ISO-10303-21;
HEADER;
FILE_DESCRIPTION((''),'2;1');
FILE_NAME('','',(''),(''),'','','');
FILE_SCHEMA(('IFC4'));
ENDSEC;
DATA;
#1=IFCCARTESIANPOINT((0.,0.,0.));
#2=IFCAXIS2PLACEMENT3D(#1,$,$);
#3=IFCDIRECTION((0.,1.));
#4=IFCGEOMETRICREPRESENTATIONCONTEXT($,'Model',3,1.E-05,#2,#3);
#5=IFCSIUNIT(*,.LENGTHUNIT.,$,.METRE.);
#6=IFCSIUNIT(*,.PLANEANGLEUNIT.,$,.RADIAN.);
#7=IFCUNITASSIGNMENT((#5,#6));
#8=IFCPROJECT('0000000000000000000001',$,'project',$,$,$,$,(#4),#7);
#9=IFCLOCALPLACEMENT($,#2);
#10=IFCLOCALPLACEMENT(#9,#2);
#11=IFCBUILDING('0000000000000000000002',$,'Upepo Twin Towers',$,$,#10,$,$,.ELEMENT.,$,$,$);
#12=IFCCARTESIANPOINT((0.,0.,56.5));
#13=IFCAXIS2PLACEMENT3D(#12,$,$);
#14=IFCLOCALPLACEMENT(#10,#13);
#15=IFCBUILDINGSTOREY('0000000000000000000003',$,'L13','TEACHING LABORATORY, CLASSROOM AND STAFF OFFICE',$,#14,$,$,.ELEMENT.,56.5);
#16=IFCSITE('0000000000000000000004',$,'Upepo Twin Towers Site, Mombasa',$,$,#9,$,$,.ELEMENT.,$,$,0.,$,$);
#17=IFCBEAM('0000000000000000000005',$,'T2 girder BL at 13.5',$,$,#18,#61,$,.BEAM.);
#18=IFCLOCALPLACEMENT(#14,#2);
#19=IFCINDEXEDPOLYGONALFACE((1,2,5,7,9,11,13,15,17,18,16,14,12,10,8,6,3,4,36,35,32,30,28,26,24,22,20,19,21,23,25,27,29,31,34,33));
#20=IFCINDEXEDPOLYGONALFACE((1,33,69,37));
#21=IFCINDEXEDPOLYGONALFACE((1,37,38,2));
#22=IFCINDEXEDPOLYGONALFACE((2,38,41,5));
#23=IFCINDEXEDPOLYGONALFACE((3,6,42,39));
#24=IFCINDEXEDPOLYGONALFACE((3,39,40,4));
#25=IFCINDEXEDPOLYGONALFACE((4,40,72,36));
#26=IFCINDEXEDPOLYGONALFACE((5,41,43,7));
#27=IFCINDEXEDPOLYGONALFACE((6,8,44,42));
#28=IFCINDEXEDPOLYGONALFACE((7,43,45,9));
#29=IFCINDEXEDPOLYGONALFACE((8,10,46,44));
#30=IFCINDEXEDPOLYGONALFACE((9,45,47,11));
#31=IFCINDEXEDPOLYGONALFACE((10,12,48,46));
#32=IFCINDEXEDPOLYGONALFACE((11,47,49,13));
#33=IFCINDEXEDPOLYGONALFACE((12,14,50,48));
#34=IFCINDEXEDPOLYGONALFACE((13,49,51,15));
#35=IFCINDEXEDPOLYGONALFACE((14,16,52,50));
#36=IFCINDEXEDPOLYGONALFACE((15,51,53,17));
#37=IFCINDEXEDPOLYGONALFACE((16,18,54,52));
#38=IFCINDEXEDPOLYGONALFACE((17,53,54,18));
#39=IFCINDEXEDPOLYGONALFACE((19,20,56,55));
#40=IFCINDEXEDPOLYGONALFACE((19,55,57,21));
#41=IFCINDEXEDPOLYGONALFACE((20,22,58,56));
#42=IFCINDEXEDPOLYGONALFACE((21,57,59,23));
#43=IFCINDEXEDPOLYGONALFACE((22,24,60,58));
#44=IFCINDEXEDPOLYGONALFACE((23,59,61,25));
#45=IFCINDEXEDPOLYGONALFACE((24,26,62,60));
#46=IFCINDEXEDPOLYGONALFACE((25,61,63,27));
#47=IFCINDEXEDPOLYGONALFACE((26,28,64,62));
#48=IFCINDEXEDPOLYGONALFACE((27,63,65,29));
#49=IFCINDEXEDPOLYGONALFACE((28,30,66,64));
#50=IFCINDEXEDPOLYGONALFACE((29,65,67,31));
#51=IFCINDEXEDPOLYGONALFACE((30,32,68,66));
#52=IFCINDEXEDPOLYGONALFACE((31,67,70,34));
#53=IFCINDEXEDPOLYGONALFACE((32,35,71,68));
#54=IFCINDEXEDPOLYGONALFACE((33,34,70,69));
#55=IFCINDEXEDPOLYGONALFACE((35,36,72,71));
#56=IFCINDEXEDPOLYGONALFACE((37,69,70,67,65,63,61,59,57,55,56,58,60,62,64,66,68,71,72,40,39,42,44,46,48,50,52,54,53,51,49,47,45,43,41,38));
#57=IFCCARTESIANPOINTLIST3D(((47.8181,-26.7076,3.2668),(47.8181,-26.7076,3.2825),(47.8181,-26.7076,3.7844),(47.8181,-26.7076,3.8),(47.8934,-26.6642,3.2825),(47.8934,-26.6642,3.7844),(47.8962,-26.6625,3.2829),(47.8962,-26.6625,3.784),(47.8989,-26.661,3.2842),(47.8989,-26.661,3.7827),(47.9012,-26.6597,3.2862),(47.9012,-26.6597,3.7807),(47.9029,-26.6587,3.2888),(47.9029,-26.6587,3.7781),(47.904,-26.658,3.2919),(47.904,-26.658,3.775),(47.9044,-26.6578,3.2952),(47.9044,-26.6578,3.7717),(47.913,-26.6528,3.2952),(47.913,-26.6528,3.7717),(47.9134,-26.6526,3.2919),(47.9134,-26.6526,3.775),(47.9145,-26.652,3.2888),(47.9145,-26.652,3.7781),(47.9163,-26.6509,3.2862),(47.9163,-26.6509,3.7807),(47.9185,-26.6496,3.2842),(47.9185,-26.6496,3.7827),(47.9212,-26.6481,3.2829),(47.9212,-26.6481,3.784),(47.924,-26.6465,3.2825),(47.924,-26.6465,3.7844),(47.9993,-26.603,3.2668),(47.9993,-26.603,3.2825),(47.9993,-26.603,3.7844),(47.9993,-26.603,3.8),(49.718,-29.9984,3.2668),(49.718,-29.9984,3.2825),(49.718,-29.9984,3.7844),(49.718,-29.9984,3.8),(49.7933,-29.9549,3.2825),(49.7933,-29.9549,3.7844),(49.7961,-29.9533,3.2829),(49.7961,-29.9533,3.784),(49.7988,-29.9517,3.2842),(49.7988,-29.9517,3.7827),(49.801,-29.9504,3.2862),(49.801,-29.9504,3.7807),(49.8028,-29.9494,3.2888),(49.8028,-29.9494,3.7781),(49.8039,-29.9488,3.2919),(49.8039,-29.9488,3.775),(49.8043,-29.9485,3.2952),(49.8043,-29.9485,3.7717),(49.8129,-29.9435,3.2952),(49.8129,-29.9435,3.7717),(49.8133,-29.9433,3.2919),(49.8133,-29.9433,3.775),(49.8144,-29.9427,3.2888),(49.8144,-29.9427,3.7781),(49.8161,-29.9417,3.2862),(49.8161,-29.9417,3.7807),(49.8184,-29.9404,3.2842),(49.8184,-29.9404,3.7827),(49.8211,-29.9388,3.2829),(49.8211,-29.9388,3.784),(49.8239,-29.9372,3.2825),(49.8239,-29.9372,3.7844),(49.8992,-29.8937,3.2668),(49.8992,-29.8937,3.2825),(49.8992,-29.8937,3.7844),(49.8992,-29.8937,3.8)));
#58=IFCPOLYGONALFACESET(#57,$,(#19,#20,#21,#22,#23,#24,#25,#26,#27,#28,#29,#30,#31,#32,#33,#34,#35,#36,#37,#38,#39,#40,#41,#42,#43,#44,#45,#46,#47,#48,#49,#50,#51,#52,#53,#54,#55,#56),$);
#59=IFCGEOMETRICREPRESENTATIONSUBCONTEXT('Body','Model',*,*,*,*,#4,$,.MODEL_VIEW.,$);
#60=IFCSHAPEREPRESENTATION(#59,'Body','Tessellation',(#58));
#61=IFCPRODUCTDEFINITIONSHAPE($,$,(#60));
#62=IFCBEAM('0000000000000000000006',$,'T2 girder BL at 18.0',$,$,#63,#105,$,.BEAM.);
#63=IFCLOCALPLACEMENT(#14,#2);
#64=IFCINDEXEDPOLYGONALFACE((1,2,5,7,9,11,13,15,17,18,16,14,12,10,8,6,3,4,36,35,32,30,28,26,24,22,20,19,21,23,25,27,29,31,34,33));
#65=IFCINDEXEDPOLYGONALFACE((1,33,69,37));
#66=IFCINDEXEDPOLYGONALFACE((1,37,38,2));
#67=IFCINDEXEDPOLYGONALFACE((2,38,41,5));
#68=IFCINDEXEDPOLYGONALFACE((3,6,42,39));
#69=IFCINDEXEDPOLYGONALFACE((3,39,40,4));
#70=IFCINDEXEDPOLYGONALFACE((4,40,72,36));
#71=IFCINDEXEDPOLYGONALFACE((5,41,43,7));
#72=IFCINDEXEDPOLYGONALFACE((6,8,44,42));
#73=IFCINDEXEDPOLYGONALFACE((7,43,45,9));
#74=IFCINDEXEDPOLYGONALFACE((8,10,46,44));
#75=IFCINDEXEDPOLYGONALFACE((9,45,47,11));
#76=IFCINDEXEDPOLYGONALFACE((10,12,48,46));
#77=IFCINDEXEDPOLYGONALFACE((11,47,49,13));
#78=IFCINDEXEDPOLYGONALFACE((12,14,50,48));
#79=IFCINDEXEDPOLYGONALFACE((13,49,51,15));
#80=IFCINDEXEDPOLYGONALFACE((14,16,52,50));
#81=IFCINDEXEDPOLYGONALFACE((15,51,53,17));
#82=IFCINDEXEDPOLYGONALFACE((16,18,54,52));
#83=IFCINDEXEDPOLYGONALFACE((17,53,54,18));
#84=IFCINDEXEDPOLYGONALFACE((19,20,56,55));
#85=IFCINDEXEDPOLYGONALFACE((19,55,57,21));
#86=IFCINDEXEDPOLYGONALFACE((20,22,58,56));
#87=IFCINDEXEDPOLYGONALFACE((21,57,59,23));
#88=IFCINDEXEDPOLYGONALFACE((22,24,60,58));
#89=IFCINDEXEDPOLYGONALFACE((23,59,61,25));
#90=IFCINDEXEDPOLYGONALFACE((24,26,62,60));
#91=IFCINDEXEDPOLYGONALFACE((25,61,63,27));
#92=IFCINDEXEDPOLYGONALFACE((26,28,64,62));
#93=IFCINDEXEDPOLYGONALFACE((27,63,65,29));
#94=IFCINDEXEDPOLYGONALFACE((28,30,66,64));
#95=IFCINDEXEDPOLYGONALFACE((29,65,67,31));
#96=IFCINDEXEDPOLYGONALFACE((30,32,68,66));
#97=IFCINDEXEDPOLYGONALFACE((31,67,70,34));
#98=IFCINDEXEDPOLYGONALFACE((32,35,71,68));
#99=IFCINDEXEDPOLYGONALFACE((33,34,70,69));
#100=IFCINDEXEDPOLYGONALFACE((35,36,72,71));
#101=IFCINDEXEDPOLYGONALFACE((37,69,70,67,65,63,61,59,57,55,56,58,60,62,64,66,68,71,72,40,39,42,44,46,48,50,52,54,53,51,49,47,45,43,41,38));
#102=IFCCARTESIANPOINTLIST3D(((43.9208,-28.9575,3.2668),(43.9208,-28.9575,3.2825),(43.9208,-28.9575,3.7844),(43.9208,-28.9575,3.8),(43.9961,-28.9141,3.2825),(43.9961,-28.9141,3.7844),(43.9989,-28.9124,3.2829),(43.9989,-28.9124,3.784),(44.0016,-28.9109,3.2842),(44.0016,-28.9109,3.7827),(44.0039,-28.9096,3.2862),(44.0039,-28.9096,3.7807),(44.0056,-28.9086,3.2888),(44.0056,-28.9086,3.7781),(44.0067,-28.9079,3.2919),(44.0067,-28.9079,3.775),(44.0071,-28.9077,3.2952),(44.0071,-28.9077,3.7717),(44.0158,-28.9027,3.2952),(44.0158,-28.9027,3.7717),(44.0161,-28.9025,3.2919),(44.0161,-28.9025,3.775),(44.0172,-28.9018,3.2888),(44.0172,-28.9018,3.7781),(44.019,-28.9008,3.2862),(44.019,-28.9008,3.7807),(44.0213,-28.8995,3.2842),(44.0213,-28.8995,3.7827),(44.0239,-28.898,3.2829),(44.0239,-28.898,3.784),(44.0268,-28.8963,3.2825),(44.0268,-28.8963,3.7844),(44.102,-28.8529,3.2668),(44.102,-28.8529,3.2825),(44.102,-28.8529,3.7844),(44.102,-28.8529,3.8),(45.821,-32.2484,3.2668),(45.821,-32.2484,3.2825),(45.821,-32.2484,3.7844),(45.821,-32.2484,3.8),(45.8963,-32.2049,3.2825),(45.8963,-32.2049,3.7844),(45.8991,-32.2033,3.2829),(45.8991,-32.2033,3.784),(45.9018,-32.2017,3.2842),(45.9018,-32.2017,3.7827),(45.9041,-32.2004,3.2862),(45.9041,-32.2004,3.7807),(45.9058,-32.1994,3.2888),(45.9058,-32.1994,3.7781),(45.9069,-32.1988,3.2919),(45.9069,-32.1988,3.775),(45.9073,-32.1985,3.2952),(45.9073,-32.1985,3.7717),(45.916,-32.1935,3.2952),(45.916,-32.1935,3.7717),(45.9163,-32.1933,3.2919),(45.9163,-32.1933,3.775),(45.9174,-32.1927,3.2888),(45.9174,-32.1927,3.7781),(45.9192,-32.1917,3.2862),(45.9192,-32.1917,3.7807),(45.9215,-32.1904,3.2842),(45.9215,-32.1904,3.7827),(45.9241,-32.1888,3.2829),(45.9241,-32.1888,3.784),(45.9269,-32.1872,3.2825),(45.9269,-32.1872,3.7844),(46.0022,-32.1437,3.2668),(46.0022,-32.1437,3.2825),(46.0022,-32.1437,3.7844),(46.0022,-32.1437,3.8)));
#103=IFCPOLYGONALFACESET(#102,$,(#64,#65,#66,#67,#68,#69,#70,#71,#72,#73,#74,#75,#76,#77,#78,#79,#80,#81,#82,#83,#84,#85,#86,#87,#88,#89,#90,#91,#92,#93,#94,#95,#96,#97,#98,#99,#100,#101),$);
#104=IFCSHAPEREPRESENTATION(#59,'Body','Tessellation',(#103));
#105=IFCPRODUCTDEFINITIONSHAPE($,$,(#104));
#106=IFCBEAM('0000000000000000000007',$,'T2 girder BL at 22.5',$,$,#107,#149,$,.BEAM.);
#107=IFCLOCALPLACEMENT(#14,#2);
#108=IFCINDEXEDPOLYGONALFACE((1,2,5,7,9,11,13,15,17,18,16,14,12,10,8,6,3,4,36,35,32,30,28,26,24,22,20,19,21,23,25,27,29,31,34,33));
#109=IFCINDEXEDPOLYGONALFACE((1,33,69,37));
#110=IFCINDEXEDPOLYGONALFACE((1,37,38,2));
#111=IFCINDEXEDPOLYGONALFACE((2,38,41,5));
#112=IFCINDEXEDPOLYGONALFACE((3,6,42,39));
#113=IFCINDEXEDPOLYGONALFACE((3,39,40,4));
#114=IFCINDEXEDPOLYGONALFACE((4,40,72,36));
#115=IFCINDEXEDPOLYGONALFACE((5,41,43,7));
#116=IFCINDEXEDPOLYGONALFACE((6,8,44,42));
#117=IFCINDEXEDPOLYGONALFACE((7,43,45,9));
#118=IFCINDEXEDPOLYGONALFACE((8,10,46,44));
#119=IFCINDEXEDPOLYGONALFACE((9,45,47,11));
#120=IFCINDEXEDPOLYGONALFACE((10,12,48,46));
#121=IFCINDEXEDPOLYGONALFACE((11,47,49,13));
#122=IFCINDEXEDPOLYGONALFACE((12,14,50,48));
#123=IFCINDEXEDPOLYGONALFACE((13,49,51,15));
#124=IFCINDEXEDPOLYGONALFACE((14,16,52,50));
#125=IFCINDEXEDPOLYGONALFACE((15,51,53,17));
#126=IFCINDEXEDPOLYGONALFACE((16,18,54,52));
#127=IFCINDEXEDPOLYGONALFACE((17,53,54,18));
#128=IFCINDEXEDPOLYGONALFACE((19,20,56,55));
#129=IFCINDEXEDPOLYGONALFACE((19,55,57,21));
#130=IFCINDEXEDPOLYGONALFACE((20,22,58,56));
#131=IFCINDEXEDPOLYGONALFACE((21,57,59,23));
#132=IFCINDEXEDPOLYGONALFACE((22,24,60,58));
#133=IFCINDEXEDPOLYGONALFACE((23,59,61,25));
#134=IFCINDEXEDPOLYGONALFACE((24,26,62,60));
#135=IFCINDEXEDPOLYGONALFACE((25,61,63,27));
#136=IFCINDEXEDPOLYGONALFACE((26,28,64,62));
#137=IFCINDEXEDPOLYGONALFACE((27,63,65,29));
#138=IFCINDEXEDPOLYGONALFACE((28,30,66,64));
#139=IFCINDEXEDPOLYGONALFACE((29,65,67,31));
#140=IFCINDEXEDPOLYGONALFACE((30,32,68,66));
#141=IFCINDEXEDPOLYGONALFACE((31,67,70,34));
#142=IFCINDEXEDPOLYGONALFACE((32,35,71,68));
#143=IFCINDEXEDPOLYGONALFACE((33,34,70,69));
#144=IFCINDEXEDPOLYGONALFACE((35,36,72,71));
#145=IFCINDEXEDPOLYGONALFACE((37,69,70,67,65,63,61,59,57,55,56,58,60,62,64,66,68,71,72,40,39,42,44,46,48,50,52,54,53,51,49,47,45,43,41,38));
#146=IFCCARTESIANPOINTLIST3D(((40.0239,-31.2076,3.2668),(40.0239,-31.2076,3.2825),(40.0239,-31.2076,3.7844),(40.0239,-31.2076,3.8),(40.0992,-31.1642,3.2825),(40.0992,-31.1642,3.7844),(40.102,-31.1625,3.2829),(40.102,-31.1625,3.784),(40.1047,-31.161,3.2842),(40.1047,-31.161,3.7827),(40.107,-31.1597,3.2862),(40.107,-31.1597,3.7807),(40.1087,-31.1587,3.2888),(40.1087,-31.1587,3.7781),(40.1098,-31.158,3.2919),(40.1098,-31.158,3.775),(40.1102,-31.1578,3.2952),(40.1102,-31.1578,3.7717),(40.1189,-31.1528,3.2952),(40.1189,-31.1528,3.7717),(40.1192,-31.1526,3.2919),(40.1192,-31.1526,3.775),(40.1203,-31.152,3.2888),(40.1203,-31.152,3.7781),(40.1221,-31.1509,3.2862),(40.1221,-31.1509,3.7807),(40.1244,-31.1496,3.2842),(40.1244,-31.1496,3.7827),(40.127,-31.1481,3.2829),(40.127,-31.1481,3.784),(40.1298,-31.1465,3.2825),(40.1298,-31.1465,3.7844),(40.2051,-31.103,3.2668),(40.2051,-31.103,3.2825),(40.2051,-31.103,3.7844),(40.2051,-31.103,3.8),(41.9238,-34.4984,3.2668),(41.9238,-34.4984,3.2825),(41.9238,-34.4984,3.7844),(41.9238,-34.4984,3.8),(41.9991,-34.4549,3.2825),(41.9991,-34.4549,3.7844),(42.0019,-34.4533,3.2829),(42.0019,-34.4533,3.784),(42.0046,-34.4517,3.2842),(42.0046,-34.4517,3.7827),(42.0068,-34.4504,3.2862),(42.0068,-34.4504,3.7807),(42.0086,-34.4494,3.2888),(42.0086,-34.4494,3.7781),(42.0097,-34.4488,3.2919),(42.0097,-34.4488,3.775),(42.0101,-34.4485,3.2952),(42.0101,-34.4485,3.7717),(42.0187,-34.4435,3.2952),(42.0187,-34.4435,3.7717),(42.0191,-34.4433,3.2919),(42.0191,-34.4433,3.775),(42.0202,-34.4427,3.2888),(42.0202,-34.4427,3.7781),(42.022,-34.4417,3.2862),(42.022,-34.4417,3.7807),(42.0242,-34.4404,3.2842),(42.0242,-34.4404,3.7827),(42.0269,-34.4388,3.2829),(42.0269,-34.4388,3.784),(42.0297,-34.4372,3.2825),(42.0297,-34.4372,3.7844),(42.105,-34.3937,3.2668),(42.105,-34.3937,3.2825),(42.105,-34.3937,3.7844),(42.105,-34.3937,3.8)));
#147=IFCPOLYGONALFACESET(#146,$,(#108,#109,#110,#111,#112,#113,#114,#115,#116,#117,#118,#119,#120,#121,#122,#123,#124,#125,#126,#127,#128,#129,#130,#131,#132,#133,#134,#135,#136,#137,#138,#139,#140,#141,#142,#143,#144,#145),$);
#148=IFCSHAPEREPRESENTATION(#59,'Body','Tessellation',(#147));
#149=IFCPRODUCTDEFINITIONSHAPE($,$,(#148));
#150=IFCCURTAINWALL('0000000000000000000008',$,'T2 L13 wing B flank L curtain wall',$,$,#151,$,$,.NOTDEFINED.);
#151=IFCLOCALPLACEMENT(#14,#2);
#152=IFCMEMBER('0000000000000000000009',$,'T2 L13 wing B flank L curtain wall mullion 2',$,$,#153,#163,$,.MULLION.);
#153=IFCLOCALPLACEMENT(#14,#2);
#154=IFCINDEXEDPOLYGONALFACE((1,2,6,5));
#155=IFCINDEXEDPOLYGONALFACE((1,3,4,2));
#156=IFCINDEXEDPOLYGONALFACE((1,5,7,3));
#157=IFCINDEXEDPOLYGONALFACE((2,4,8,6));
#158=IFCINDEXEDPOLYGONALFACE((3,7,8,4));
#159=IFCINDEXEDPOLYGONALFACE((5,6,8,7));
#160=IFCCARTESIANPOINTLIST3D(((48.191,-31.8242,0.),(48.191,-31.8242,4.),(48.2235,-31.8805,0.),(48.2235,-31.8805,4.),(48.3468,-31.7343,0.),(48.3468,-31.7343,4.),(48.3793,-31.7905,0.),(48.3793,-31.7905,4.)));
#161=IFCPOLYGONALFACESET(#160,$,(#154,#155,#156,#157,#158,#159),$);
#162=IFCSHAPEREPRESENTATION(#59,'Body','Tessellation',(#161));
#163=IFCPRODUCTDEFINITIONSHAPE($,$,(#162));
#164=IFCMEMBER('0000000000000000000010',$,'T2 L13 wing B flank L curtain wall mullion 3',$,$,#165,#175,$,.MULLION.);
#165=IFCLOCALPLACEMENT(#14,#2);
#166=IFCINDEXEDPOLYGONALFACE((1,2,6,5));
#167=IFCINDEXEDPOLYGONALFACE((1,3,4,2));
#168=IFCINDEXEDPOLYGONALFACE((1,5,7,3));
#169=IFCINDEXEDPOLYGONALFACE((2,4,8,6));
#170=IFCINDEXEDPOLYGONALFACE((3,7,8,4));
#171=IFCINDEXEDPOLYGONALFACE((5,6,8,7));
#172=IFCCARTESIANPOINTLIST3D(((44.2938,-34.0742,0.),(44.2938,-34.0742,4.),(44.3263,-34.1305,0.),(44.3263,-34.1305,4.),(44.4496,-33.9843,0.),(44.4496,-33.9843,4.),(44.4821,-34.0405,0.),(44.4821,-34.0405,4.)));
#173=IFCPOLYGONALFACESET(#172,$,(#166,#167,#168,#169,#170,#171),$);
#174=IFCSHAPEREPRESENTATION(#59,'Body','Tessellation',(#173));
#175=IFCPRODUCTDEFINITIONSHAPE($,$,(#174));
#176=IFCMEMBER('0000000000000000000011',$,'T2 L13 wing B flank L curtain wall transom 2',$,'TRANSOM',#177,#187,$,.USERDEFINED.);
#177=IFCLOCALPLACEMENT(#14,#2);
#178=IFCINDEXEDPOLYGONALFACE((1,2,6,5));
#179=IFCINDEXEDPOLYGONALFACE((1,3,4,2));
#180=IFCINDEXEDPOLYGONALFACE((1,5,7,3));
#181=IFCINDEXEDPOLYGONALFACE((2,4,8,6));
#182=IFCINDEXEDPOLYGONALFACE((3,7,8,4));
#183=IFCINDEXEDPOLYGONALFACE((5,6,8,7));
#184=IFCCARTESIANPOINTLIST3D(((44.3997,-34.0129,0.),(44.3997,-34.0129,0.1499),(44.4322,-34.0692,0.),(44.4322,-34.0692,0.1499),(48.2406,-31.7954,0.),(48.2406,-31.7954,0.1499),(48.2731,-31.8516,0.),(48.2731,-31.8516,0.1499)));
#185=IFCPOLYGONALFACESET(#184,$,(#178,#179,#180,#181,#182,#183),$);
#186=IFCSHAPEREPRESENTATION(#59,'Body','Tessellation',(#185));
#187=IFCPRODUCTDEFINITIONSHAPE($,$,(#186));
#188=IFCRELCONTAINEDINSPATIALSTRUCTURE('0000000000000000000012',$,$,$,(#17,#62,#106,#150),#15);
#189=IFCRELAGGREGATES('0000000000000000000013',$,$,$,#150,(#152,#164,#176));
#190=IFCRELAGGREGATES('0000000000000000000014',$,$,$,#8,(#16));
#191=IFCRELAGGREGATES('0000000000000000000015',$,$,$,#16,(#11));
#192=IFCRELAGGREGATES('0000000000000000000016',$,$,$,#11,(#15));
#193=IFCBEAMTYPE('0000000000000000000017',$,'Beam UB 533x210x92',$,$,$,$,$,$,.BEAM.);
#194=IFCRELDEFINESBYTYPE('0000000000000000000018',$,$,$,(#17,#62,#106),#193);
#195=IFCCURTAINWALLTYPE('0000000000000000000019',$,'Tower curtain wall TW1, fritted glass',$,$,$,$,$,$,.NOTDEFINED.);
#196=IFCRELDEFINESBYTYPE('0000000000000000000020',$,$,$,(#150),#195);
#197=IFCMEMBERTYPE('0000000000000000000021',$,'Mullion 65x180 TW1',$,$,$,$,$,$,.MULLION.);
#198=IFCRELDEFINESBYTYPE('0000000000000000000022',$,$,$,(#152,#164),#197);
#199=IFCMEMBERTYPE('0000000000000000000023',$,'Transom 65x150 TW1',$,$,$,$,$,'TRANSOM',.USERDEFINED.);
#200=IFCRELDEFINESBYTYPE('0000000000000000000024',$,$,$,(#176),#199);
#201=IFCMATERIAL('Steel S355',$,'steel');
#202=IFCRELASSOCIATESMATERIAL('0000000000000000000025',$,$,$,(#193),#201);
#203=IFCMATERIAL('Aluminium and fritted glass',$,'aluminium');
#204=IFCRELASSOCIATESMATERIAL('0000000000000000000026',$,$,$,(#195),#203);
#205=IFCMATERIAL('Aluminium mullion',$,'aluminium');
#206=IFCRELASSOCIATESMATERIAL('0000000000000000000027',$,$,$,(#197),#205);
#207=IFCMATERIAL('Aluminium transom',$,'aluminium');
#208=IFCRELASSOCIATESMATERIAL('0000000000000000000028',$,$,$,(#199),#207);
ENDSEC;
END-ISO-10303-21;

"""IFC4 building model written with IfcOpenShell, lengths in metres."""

from ifc_helpers import new_model, si_unit, direction, frame, origin, origin_2d, place, context, subcontext, project, spatial, rectangle, i_section, extrude, material, material_profile, profile_set, type_object, element, aggregate, save


model = new_model("IFC4")

# Units and contexts
model_context = context("Model", 3, precision=1e-05, world=origin(), true_north=direction((0.0, 1.0)))
body_context = subcontext(model_context, "Body", "Model", "MODEL_VIEW")
ifc_project = project(units=[si_unit("LENGTHUNIT", "METRE"), si_unit("PLANEANGLEUNIT", "RADIAN")], contexts=[model_context])

# Site, building, storey
site_placement = place(None, origin())
site = spatial("IfcSite", under=ifc_project, at=site_placement, Name="Upepo Twin Towers Site, Mombasa", CompositionType="ELEMENT", RefElevation=0.0)
building_placement = place(site_placement, origin())
building = spatial("IfcBuilding", under=site, at=building_placement, Name="Upepo Twin Towers", CompositionType="ELEMENT")
storey_placement = place(building_placement, frame((0.0, 0.0, 56.5)))
storey = spatial("IfcBuildingStorey", under=building, at=storey_placement, Name="L13", Description="TEACHING LABORATORY, CLASSROOM AND STAFF OFFICE", CompositionType="ELEMENT", Elevation=56.5)

# Beams
ifc_material_1 = material(Name="Steel S355", Category="steel")
ifc_material_profile_1 = material_profile(ifc_material_1, i_section(OverallWidth=0.2092, OverallDepth=0.5332, WebThickness=0.01, FlangeThickness=0.0156, FilletRadius=0.0127, at=origin_2d()), Name="UB 533x210x92")
ifc_profile_set_1 = profile_set([ifc_material_profile_1], Name="Steel S355")
beam_type_1 = type_object("IfcBeamType", Name="Beam UB 533x210x92", PredefinedType="BEAM", material=ifc_profile_set_1)
beam_1_placement = place(storey_placement, frame((49.8086, -29.946, 3.5334), z_axis=(-0.499995, 0.866028, 0.0), x_axis=(-0.866028, -0.499995, 0.0)))
element("IfcBeam", 1, at=beam_1_placement, inside=storey, type_object=beam_type_1, Name="T2 girder BL at 13.5", PredefinedType="BEAM", context=body_context, shape_type="SweptSolid", body=[
    extrude(i_section(OverallWidth=0.2092, OverallDepth=0.5332, WebThickness=0.01, FlangeThickness=0.0156, FilletRadius=0.0127, at=origin_2d()), origin(), (0.0, 0.0, 1.0), 3.7998),
])
beam_2_placement = place(storey_placement, frame((45.9116, -32.196, 3.5334), z_axis=(-0.500043, 0.866, 0.0), x_axis=(-0.866, -0.500043, 0.0)))
element("IfcBeam", 2, at=beam_2_placement, inside=storey, type_object=beam_type_1, Name="T2 girder BL at 18.0", PredefinedType="BEAM", context=body_context, shape_type="SweptSolid", body=[
    extrude(i_section(OverallWidth=0.2092, OverallDepth=0.5332, WebThickness=0.01, FlangeThickness=0.0156, FilletRadius=0.0127, at=origin_2d()), origin(), (0.0, 0.0, 1.0), 3.8),
])
beam_3_placement = place(storey_placement, frame((42.0144, -34.446, 3.5334), z_axis=(-0.499995, 0.866028, 0.0), x_axis=(-0.866028, -0.499995, 0.0)))
element("IfcBeam", 3, at=beam_3_placement, inside=storey, type_object=beam_type_1, Name="T2 girder BL at 22.5", PredefinedType="BEAM", context=body_context, shape_type="SweptSolid", body=[
    extrude(i_section(OverallWidth=0.2092, OverallDepth=0.5332, WebThickness=0.01, FlangeThickness=0.0156, FilletRadius=0.0127, at=origin_2d()), origin(), (0.0, 0.0, 1.0), 3.7998),
])

# Curtain wall, members
ifc_material_2 = material(Name="Aluminium and fritted glass", Category="aluminium")
curtain_wall_type = type_object("IfcCurtainWallType", Name="Tower curtain wall TW1, fritted glass", PredefinedType="NOTDEFINED", material=ifc_material_2)
curtain_wall_placement = place(storey_placement, origin())
curtain_wall = element("IfcCurtainWall", 4, at=curtain_wall_placement, inside=storey, type_object=curtain_wall_type, Name="T2 L13 wing B flank L curtain wall", PredefinedType="NOTDEFINED")
ifc_material_3 = material(Name="Aluminium mullion", Category="aluminium")
ifc_material_profile_2 = material_profile(ifc_material_3, rectangle(XDim=0.0649, YDim=0.1799, at=origin_2d()), Name="MULLION 65x180")
ifc_profile_set_2 = profile_set([ifc_material_profile_2], Name="Aluminium mullion")
member_type_1 = type_object("IfcMemberType", Name="Mullion 65x180 TW1", PredefinedType="MULLION", material=ifc_profile_set_2)
member_1_placement = place(storey_placement, frame((48.2852, -31.8074, 0.0), z_axis=(0.0, 0.0, 1.0), x_axis=(0.5, -0.866025, 0.0)))
member_1 = element("IfcMember", 5, at=member_1_placement, type_object=member_type_1, Name="T2 L13 wing B flank L curtain wall mullion 2", PredefinedType="MULLION", context=body_context, shape_type="SweptSolid", body=[
    extrude(rectangle(XDim=0.0649, YDim=0.1799, at=origin_2d()), origin(), (0.0, 0.0, 1.0), 4.0),
])
member_2_placement = place(storey_placement, frame((44.3879, -34.0574, 0.0), z_axis=(0.0, 0.0, 1.0), x_axis=(0.5, -0.866025, 0.0)))
member_2 = element("IfcMember", 6, at=member_2_placement, type_object=member_type_1, Name="T2 L13 wing B flank L curtain wall mullion 3", PredefinedType="MULLION", context=body_context, shape_type="SweptSolid", body=[
    extrude(rectangle(XDim=0.0649, YDim=0.1799, at=origin_2d()), origin(), (0.0, 0.0, 1.0), 4.0),
])
ifc_material_4 = material(Name="Aluminium transom", Category="aluminium")
ifc_material_profile_3 = material_profile(ifc_material_4, rectangle(XDim=0.0649, YDim=0.1499, at=origin_2d()), Name="TRANSOM 65x150")
ifc_profile_set_3 = profile_set([ifc_material_profile_3], Name="Aluminium transom")
member_type_2 = type_object("IfcMemberType", Name="Transom 65x150 TW1", ElementType="TRANSOM", PredefinedType="USERDEFINED", material=ifc_profile_set_3)
member_3_placement = place(storey_placement, frame((48.2568, -31.8235, 0.075), z_axis=(-0.866022, -0.500005, 0.0), x_axis=(0.500005, -0.866022, 0.0)))
member_3 = element("IfcMember", 7, at=member_3_placement, type_object=member_type_2, Name="T2 L13 wing B flank L curtain wall transom 2", ObjectType="TRANSOM", PredefinedType="USERDEFINED", context=body_context, shape_type="SweptSolid", body=[
    extrude(rectangle(XDim=0.0649, YDim=0.1499, at=origin_2d()), origin(), (0.0, 0.0, 1.0), 4.4351),
])
aggregate(curtain_wall, [member_1, member_2, member_3])

save(model, "model.ifc")
